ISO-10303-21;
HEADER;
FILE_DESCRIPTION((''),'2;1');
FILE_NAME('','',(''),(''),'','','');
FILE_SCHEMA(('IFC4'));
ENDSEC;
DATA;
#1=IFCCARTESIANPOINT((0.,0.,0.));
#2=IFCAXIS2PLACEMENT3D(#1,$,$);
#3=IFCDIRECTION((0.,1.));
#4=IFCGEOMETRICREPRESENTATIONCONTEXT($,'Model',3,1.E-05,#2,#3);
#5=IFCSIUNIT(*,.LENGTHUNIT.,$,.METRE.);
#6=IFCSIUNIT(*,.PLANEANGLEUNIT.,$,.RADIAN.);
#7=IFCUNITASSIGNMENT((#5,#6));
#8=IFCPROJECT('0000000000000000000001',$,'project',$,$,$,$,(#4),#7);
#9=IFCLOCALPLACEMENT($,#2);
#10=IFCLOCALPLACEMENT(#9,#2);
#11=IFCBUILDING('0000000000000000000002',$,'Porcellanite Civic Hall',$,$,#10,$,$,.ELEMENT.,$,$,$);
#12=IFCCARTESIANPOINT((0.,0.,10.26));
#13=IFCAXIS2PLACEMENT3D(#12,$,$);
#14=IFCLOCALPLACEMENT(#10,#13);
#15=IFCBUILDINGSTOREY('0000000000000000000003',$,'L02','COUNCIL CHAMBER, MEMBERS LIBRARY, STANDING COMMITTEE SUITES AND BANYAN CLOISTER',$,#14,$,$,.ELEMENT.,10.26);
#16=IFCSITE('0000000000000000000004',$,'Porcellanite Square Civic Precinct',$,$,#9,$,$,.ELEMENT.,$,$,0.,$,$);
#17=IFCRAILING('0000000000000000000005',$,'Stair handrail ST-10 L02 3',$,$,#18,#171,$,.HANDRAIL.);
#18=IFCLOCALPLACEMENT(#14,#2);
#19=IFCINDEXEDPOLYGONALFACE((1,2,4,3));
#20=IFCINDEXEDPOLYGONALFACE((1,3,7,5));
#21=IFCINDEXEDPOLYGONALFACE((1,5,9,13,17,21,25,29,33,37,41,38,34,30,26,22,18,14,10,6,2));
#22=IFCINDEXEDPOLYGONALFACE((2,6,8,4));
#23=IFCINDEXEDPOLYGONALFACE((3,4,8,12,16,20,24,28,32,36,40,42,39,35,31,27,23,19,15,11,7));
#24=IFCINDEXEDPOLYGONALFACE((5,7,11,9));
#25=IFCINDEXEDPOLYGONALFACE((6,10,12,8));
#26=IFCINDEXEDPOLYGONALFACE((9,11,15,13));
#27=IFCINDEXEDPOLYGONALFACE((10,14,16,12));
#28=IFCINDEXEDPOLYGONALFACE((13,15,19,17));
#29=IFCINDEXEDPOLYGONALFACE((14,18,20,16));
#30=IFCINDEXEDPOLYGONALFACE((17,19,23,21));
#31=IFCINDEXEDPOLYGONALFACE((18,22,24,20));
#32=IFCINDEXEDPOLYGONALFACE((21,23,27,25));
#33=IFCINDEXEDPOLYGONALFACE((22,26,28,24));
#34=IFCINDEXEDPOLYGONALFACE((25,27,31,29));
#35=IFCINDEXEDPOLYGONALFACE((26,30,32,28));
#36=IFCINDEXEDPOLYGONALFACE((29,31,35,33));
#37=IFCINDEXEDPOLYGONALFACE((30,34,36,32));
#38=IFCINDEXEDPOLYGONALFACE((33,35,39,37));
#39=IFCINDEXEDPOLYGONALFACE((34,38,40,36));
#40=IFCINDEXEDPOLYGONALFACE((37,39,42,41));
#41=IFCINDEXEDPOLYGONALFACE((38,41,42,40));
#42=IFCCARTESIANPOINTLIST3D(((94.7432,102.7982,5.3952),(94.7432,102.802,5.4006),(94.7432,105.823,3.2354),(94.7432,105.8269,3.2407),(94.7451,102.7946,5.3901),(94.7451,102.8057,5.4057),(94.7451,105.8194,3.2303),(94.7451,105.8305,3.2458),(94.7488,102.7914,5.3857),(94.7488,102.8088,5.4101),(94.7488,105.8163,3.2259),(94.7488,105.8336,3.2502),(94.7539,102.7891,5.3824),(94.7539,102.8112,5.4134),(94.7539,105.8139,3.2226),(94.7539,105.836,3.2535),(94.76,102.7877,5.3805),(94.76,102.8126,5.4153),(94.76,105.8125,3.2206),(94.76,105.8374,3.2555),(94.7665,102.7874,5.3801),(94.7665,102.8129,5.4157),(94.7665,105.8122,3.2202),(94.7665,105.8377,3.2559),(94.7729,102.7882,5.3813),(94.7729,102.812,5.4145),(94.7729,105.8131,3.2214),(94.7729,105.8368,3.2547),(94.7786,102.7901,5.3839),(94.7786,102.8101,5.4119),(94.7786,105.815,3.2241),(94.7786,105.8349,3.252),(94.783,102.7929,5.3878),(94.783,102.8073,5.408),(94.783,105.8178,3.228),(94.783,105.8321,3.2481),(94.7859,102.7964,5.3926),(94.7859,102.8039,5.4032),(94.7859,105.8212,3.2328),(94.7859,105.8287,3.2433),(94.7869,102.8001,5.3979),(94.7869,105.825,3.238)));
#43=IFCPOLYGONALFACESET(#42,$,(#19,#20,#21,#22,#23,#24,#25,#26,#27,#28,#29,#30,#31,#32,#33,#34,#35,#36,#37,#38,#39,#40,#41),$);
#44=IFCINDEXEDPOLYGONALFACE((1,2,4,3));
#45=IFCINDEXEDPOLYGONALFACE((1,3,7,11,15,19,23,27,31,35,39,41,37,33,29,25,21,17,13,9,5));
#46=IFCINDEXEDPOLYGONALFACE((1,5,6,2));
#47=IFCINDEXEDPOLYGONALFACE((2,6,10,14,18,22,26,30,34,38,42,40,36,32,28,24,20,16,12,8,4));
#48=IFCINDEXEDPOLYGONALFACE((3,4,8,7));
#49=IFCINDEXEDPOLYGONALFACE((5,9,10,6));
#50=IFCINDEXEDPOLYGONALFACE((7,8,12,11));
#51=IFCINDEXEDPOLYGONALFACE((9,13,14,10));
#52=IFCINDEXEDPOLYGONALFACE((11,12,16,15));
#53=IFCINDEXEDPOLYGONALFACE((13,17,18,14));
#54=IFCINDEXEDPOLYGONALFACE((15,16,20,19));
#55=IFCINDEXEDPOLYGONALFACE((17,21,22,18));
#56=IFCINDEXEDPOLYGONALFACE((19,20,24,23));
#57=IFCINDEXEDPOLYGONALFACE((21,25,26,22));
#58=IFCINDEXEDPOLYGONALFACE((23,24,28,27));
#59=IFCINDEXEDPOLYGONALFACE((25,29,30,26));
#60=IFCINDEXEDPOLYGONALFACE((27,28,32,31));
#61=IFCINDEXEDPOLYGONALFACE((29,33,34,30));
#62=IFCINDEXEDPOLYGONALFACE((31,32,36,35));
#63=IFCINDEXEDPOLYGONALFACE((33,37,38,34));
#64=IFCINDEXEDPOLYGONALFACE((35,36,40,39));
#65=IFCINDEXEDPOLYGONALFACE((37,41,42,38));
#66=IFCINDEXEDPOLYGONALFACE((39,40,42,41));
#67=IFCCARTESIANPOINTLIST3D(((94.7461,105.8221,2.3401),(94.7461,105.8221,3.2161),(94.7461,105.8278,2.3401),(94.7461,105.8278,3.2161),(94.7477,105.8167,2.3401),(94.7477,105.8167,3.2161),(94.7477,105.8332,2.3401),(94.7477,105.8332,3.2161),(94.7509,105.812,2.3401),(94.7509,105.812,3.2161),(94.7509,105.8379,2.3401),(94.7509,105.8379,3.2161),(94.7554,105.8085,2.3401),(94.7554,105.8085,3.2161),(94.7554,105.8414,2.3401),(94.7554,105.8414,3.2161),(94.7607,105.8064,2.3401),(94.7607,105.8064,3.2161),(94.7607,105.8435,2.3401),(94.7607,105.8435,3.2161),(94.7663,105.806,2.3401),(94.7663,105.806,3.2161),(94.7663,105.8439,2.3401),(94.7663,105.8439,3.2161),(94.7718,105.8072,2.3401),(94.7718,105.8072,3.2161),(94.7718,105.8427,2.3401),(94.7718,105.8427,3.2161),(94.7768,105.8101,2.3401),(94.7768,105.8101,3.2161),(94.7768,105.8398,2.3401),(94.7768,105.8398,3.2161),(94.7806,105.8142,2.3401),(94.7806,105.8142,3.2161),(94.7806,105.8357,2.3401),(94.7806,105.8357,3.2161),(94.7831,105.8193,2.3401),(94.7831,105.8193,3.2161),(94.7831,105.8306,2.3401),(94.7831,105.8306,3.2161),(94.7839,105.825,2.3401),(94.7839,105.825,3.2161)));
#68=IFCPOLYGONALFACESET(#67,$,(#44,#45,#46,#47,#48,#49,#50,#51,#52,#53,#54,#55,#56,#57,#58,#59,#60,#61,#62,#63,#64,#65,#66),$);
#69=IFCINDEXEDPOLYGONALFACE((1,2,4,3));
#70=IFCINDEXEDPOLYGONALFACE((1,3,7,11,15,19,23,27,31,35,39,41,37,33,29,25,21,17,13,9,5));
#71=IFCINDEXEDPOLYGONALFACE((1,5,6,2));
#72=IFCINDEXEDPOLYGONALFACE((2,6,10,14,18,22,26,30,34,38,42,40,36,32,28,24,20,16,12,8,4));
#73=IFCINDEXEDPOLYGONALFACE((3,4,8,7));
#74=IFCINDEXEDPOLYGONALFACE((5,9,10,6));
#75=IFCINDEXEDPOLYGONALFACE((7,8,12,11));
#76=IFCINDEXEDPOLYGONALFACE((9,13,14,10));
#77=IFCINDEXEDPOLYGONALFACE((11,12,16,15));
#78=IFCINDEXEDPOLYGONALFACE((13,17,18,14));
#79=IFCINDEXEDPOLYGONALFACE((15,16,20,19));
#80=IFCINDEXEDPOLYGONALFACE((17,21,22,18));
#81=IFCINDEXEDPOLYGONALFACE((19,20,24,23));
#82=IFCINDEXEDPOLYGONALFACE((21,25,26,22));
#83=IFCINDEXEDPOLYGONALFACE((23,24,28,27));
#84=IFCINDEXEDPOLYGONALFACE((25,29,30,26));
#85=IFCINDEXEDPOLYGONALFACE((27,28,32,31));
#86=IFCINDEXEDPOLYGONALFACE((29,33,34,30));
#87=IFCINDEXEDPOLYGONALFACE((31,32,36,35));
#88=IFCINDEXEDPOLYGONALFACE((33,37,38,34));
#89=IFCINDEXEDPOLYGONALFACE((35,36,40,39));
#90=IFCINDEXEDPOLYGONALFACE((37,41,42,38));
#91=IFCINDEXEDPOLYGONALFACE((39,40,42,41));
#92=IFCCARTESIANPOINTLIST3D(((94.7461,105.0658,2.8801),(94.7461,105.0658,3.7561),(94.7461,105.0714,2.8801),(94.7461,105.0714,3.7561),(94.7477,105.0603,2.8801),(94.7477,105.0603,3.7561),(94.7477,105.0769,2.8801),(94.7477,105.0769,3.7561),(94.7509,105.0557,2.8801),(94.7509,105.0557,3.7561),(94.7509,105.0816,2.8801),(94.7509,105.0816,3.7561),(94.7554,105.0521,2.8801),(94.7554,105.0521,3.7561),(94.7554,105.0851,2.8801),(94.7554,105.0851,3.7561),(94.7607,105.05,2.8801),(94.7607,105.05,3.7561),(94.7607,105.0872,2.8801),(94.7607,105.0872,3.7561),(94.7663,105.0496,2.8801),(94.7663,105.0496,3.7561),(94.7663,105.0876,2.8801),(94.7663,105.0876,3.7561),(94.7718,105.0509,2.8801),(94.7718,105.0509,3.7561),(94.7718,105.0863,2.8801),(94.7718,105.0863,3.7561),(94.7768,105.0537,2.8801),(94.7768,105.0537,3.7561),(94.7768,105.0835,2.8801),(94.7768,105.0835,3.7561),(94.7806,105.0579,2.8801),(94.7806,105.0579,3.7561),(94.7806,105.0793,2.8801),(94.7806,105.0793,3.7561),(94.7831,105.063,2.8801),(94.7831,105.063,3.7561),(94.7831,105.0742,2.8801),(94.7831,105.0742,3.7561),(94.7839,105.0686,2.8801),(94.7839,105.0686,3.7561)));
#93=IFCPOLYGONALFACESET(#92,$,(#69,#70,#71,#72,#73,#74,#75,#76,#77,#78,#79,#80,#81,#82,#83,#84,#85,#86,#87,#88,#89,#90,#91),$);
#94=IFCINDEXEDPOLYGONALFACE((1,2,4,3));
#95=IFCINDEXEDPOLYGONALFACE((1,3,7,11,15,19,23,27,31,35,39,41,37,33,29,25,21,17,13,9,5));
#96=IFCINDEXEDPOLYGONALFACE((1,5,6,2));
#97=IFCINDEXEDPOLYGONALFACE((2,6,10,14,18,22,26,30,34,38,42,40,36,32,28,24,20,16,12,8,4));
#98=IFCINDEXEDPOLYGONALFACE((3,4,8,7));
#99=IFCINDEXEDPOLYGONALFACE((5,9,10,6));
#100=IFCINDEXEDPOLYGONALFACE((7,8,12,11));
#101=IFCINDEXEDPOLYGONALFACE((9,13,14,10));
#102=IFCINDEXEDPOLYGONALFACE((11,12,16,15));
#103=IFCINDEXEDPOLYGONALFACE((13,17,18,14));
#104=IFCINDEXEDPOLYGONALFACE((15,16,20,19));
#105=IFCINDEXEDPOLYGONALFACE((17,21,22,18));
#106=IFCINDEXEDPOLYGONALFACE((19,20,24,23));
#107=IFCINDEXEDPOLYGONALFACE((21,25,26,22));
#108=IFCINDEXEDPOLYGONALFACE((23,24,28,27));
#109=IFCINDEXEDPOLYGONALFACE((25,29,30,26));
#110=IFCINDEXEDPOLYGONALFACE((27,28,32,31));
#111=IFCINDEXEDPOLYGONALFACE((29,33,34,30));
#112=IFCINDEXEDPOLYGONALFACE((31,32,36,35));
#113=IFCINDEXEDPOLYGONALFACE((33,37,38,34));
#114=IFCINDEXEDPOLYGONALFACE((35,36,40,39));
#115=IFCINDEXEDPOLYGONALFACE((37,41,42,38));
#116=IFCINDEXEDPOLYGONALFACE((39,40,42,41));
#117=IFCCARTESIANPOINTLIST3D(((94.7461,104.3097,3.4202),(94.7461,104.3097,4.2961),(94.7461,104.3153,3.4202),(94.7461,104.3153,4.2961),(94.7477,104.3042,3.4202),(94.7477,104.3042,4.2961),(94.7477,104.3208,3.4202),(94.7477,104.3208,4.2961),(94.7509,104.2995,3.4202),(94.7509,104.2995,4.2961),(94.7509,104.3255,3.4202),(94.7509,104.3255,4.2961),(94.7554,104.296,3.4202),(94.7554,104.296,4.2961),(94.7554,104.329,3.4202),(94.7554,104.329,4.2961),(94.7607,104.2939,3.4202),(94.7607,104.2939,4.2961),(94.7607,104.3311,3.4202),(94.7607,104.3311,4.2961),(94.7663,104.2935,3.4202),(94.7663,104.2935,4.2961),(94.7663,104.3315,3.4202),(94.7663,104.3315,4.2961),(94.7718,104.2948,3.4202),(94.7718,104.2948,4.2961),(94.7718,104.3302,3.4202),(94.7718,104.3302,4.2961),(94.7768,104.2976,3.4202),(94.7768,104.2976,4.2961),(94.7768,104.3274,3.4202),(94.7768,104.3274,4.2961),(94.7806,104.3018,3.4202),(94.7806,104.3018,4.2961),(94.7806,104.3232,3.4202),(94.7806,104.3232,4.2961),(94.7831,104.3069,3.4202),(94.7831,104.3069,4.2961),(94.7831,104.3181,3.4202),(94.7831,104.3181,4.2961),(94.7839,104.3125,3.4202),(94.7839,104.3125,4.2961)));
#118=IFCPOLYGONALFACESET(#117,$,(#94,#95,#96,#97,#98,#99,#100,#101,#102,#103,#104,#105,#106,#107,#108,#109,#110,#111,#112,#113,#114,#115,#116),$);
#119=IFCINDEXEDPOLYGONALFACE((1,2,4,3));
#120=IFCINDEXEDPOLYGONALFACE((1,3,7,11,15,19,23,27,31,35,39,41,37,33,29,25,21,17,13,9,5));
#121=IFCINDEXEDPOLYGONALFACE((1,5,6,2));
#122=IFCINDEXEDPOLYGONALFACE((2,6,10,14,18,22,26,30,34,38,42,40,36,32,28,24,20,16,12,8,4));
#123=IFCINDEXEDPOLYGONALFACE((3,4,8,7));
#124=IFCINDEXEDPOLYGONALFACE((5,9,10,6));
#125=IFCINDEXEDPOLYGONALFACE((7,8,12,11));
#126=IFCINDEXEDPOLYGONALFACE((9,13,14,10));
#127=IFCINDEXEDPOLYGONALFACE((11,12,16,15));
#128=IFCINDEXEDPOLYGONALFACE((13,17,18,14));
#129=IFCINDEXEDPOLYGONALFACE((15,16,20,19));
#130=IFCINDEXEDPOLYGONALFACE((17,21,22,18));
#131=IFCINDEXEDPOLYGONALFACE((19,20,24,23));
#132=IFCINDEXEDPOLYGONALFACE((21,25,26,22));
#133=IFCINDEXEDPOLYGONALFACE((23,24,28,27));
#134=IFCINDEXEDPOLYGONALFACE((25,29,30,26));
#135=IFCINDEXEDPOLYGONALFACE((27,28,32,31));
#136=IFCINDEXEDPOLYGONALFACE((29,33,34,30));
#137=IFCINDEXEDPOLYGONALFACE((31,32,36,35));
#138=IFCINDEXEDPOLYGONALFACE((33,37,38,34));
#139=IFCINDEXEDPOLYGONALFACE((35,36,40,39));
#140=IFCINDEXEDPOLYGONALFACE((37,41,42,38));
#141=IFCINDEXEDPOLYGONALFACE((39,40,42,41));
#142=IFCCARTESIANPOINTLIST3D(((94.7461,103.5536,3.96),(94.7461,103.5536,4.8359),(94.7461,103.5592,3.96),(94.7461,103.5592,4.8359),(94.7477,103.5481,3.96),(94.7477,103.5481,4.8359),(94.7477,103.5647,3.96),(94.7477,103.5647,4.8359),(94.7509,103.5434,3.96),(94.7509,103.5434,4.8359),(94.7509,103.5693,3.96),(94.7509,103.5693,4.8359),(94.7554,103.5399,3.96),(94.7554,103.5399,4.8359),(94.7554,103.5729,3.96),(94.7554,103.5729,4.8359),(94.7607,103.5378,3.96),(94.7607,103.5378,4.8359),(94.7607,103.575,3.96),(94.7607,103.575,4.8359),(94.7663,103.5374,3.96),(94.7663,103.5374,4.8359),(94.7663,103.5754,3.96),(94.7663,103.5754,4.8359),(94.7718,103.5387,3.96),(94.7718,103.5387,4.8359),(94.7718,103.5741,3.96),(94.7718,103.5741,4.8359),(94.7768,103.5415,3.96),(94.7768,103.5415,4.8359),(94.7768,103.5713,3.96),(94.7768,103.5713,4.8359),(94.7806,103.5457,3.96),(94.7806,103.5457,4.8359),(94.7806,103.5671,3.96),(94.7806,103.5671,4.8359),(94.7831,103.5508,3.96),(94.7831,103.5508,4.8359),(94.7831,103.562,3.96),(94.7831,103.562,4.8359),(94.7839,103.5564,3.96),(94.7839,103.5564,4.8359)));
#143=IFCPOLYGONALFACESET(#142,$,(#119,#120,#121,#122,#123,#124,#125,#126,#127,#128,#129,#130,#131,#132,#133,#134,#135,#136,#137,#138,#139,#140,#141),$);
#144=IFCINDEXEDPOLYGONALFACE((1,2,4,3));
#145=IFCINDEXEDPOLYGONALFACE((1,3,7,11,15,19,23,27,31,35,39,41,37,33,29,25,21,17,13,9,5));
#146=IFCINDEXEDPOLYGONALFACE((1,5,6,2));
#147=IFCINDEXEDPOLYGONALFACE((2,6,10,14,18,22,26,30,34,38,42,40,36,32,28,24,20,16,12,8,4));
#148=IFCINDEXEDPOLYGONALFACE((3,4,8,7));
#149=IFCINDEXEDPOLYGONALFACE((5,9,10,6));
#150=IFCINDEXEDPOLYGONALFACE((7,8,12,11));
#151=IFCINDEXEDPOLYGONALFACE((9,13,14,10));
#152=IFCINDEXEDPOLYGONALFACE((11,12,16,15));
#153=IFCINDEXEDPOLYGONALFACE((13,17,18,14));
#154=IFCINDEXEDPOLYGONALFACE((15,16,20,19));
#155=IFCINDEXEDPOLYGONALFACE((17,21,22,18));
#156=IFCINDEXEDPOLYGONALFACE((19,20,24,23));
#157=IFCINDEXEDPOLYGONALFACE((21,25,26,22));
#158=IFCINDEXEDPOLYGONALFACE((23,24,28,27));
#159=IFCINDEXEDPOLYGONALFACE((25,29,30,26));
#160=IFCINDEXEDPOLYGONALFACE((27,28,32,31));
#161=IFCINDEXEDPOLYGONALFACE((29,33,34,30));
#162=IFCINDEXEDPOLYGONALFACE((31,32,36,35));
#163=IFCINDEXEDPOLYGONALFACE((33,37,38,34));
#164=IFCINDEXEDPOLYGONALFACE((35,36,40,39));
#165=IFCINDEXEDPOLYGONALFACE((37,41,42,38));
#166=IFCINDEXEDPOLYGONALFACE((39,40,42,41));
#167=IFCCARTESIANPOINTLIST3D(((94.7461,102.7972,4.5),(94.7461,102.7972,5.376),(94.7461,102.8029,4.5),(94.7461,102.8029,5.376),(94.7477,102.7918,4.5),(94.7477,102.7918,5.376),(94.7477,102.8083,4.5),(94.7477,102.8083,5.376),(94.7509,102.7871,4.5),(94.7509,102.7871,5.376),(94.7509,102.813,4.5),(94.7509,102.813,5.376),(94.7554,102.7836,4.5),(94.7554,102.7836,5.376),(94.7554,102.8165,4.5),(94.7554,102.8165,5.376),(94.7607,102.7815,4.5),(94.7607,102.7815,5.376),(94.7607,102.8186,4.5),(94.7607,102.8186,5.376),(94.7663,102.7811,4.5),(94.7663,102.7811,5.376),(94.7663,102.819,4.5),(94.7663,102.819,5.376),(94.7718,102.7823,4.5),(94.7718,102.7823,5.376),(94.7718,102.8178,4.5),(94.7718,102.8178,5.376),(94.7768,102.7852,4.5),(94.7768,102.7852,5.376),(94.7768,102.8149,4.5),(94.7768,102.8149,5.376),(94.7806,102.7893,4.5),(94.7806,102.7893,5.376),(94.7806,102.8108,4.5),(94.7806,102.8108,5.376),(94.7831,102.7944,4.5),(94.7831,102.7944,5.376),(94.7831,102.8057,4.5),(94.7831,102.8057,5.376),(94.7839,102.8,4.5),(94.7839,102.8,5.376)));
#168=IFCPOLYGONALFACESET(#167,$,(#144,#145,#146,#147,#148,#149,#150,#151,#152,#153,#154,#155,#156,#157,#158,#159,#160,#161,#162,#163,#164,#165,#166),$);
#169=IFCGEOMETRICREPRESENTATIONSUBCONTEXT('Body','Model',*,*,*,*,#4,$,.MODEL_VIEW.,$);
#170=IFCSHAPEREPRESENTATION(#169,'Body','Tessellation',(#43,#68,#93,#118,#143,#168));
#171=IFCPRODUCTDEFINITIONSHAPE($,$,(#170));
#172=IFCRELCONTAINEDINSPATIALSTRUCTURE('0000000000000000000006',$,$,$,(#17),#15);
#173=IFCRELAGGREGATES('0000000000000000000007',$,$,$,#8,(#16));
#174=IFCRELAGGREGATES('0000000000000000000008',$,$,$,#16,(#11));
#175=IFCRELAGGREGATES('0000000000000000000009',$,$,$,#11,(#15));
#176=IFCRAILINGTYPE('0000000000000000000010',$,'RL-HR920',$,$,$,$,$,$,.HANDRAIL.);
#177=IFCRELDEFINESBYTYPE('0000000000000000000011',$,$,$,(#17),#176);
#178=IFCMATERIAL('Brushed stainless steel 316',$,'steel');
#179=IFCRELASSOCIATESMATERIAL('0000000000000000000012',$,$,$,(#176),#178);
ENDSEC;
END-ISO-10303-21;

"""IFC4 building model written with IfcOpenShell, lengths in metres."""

from ifc_helpers import new_model, si_unit, direction, frame, origin, origin_2d, place, context, subcontext, project, spatial, circle, extrude, material, type_object, element, save


model = new_model("IFC4")

# Units and contexts
model_context = context("Model", 3, precision=1e-05, world=origin(), true_north=direction((0.0, 1.0)))
body_context = subcontext(model_context, "Body", "Model", "MODEL_VIEW")
ifc_project = project(units=[si_unit("LENGTHUNIT", "METRE"), si_unit("PLANEANGLEUNIT", "RADIAN")], contexts=[model_context])

# Site, building, storey
site_placement = place(None, origin())
site = spatial("IfcSite", under=ifc_project, at=site_placement, Name="Porcellanite Square Civic Precinct", CompositionType="ELEMENT", RefElevation=0.0)
building_placement = place(site_placement, origin())
building = spatial("IfcBuilding", under=site, at=building_placement, Name="Porcellanite Civic Hall", CompositionType="ELEMENT")
storey_placement = place(building_placement, frame((0.0, 0.0, 10.26)))
storey = spatial("IfcBuildingStorey", under=building, at=storey_placement, Name="L02", Description="COUNCIL CHAMBER, MEMBERS LIBRARY, STANDING COMMITTEE SUITES AND BANYAN CLOISTER", CompositionType="ELEMENT", Elevation=10.26)

# Railing
ifc_material_1 = material(Name="Brushed stainless steel 316", Category="steel")
railing_type_1 = type_object("IfcRailingType", Name="RL-HR920", PredefinedType="HANDRAIL", material=ifc_material_1)
railing_1_placement = place(storey_placement, frame((94.7649, 105.825, 2.3401)))
element("IfcRailing", 1, at=railing_1_placement, inside=storey, type_object=railing_type_1, Name="Stair handrail ST-10 L02 3", PredefinedType="HANDRAIL", context=body_context, shape_type="SweptSolid", body=[
    extrude(circle(Radius=0.022, at=origin_2d()), frame((0.0, 0.0, 0.8979), z_axis=(0.0, -0.813827, 0.581108), x_axis=(1.0, 0.0, 0.0)), (0.0, 0.0, 1.0), 3.7168),
    extrude(circle(Radius=0.019, at=origin_2d()), origin(), (0.0, 0.0, 1.0), 0.876),
    extrude(circle(Radius=0.019, at=origin_2d()), frame((0.0, -0.7563, 0.54)), (0.0, 0.0, 1.0), 0.876),
    extrude(circle(Radius=0.019, at=origin_2d()), frame((0.0, -1.5125, 1.0801)), (0.0, 0.0, 1.0), 0.876),
    extrude(circle(Radius=0.019, at=origin_2d()), frame((0.0, -2.2686, 1.6199)), (0.0, 0.0, 1.0), 0.876),
    extrude(circle(Radius=0.019, at=origin_2d()), frame((0.0, -3.0249, 2.1599)), (0.0, 0.0, 1.0), 0.876),
])

save(model, "model.ifc")
